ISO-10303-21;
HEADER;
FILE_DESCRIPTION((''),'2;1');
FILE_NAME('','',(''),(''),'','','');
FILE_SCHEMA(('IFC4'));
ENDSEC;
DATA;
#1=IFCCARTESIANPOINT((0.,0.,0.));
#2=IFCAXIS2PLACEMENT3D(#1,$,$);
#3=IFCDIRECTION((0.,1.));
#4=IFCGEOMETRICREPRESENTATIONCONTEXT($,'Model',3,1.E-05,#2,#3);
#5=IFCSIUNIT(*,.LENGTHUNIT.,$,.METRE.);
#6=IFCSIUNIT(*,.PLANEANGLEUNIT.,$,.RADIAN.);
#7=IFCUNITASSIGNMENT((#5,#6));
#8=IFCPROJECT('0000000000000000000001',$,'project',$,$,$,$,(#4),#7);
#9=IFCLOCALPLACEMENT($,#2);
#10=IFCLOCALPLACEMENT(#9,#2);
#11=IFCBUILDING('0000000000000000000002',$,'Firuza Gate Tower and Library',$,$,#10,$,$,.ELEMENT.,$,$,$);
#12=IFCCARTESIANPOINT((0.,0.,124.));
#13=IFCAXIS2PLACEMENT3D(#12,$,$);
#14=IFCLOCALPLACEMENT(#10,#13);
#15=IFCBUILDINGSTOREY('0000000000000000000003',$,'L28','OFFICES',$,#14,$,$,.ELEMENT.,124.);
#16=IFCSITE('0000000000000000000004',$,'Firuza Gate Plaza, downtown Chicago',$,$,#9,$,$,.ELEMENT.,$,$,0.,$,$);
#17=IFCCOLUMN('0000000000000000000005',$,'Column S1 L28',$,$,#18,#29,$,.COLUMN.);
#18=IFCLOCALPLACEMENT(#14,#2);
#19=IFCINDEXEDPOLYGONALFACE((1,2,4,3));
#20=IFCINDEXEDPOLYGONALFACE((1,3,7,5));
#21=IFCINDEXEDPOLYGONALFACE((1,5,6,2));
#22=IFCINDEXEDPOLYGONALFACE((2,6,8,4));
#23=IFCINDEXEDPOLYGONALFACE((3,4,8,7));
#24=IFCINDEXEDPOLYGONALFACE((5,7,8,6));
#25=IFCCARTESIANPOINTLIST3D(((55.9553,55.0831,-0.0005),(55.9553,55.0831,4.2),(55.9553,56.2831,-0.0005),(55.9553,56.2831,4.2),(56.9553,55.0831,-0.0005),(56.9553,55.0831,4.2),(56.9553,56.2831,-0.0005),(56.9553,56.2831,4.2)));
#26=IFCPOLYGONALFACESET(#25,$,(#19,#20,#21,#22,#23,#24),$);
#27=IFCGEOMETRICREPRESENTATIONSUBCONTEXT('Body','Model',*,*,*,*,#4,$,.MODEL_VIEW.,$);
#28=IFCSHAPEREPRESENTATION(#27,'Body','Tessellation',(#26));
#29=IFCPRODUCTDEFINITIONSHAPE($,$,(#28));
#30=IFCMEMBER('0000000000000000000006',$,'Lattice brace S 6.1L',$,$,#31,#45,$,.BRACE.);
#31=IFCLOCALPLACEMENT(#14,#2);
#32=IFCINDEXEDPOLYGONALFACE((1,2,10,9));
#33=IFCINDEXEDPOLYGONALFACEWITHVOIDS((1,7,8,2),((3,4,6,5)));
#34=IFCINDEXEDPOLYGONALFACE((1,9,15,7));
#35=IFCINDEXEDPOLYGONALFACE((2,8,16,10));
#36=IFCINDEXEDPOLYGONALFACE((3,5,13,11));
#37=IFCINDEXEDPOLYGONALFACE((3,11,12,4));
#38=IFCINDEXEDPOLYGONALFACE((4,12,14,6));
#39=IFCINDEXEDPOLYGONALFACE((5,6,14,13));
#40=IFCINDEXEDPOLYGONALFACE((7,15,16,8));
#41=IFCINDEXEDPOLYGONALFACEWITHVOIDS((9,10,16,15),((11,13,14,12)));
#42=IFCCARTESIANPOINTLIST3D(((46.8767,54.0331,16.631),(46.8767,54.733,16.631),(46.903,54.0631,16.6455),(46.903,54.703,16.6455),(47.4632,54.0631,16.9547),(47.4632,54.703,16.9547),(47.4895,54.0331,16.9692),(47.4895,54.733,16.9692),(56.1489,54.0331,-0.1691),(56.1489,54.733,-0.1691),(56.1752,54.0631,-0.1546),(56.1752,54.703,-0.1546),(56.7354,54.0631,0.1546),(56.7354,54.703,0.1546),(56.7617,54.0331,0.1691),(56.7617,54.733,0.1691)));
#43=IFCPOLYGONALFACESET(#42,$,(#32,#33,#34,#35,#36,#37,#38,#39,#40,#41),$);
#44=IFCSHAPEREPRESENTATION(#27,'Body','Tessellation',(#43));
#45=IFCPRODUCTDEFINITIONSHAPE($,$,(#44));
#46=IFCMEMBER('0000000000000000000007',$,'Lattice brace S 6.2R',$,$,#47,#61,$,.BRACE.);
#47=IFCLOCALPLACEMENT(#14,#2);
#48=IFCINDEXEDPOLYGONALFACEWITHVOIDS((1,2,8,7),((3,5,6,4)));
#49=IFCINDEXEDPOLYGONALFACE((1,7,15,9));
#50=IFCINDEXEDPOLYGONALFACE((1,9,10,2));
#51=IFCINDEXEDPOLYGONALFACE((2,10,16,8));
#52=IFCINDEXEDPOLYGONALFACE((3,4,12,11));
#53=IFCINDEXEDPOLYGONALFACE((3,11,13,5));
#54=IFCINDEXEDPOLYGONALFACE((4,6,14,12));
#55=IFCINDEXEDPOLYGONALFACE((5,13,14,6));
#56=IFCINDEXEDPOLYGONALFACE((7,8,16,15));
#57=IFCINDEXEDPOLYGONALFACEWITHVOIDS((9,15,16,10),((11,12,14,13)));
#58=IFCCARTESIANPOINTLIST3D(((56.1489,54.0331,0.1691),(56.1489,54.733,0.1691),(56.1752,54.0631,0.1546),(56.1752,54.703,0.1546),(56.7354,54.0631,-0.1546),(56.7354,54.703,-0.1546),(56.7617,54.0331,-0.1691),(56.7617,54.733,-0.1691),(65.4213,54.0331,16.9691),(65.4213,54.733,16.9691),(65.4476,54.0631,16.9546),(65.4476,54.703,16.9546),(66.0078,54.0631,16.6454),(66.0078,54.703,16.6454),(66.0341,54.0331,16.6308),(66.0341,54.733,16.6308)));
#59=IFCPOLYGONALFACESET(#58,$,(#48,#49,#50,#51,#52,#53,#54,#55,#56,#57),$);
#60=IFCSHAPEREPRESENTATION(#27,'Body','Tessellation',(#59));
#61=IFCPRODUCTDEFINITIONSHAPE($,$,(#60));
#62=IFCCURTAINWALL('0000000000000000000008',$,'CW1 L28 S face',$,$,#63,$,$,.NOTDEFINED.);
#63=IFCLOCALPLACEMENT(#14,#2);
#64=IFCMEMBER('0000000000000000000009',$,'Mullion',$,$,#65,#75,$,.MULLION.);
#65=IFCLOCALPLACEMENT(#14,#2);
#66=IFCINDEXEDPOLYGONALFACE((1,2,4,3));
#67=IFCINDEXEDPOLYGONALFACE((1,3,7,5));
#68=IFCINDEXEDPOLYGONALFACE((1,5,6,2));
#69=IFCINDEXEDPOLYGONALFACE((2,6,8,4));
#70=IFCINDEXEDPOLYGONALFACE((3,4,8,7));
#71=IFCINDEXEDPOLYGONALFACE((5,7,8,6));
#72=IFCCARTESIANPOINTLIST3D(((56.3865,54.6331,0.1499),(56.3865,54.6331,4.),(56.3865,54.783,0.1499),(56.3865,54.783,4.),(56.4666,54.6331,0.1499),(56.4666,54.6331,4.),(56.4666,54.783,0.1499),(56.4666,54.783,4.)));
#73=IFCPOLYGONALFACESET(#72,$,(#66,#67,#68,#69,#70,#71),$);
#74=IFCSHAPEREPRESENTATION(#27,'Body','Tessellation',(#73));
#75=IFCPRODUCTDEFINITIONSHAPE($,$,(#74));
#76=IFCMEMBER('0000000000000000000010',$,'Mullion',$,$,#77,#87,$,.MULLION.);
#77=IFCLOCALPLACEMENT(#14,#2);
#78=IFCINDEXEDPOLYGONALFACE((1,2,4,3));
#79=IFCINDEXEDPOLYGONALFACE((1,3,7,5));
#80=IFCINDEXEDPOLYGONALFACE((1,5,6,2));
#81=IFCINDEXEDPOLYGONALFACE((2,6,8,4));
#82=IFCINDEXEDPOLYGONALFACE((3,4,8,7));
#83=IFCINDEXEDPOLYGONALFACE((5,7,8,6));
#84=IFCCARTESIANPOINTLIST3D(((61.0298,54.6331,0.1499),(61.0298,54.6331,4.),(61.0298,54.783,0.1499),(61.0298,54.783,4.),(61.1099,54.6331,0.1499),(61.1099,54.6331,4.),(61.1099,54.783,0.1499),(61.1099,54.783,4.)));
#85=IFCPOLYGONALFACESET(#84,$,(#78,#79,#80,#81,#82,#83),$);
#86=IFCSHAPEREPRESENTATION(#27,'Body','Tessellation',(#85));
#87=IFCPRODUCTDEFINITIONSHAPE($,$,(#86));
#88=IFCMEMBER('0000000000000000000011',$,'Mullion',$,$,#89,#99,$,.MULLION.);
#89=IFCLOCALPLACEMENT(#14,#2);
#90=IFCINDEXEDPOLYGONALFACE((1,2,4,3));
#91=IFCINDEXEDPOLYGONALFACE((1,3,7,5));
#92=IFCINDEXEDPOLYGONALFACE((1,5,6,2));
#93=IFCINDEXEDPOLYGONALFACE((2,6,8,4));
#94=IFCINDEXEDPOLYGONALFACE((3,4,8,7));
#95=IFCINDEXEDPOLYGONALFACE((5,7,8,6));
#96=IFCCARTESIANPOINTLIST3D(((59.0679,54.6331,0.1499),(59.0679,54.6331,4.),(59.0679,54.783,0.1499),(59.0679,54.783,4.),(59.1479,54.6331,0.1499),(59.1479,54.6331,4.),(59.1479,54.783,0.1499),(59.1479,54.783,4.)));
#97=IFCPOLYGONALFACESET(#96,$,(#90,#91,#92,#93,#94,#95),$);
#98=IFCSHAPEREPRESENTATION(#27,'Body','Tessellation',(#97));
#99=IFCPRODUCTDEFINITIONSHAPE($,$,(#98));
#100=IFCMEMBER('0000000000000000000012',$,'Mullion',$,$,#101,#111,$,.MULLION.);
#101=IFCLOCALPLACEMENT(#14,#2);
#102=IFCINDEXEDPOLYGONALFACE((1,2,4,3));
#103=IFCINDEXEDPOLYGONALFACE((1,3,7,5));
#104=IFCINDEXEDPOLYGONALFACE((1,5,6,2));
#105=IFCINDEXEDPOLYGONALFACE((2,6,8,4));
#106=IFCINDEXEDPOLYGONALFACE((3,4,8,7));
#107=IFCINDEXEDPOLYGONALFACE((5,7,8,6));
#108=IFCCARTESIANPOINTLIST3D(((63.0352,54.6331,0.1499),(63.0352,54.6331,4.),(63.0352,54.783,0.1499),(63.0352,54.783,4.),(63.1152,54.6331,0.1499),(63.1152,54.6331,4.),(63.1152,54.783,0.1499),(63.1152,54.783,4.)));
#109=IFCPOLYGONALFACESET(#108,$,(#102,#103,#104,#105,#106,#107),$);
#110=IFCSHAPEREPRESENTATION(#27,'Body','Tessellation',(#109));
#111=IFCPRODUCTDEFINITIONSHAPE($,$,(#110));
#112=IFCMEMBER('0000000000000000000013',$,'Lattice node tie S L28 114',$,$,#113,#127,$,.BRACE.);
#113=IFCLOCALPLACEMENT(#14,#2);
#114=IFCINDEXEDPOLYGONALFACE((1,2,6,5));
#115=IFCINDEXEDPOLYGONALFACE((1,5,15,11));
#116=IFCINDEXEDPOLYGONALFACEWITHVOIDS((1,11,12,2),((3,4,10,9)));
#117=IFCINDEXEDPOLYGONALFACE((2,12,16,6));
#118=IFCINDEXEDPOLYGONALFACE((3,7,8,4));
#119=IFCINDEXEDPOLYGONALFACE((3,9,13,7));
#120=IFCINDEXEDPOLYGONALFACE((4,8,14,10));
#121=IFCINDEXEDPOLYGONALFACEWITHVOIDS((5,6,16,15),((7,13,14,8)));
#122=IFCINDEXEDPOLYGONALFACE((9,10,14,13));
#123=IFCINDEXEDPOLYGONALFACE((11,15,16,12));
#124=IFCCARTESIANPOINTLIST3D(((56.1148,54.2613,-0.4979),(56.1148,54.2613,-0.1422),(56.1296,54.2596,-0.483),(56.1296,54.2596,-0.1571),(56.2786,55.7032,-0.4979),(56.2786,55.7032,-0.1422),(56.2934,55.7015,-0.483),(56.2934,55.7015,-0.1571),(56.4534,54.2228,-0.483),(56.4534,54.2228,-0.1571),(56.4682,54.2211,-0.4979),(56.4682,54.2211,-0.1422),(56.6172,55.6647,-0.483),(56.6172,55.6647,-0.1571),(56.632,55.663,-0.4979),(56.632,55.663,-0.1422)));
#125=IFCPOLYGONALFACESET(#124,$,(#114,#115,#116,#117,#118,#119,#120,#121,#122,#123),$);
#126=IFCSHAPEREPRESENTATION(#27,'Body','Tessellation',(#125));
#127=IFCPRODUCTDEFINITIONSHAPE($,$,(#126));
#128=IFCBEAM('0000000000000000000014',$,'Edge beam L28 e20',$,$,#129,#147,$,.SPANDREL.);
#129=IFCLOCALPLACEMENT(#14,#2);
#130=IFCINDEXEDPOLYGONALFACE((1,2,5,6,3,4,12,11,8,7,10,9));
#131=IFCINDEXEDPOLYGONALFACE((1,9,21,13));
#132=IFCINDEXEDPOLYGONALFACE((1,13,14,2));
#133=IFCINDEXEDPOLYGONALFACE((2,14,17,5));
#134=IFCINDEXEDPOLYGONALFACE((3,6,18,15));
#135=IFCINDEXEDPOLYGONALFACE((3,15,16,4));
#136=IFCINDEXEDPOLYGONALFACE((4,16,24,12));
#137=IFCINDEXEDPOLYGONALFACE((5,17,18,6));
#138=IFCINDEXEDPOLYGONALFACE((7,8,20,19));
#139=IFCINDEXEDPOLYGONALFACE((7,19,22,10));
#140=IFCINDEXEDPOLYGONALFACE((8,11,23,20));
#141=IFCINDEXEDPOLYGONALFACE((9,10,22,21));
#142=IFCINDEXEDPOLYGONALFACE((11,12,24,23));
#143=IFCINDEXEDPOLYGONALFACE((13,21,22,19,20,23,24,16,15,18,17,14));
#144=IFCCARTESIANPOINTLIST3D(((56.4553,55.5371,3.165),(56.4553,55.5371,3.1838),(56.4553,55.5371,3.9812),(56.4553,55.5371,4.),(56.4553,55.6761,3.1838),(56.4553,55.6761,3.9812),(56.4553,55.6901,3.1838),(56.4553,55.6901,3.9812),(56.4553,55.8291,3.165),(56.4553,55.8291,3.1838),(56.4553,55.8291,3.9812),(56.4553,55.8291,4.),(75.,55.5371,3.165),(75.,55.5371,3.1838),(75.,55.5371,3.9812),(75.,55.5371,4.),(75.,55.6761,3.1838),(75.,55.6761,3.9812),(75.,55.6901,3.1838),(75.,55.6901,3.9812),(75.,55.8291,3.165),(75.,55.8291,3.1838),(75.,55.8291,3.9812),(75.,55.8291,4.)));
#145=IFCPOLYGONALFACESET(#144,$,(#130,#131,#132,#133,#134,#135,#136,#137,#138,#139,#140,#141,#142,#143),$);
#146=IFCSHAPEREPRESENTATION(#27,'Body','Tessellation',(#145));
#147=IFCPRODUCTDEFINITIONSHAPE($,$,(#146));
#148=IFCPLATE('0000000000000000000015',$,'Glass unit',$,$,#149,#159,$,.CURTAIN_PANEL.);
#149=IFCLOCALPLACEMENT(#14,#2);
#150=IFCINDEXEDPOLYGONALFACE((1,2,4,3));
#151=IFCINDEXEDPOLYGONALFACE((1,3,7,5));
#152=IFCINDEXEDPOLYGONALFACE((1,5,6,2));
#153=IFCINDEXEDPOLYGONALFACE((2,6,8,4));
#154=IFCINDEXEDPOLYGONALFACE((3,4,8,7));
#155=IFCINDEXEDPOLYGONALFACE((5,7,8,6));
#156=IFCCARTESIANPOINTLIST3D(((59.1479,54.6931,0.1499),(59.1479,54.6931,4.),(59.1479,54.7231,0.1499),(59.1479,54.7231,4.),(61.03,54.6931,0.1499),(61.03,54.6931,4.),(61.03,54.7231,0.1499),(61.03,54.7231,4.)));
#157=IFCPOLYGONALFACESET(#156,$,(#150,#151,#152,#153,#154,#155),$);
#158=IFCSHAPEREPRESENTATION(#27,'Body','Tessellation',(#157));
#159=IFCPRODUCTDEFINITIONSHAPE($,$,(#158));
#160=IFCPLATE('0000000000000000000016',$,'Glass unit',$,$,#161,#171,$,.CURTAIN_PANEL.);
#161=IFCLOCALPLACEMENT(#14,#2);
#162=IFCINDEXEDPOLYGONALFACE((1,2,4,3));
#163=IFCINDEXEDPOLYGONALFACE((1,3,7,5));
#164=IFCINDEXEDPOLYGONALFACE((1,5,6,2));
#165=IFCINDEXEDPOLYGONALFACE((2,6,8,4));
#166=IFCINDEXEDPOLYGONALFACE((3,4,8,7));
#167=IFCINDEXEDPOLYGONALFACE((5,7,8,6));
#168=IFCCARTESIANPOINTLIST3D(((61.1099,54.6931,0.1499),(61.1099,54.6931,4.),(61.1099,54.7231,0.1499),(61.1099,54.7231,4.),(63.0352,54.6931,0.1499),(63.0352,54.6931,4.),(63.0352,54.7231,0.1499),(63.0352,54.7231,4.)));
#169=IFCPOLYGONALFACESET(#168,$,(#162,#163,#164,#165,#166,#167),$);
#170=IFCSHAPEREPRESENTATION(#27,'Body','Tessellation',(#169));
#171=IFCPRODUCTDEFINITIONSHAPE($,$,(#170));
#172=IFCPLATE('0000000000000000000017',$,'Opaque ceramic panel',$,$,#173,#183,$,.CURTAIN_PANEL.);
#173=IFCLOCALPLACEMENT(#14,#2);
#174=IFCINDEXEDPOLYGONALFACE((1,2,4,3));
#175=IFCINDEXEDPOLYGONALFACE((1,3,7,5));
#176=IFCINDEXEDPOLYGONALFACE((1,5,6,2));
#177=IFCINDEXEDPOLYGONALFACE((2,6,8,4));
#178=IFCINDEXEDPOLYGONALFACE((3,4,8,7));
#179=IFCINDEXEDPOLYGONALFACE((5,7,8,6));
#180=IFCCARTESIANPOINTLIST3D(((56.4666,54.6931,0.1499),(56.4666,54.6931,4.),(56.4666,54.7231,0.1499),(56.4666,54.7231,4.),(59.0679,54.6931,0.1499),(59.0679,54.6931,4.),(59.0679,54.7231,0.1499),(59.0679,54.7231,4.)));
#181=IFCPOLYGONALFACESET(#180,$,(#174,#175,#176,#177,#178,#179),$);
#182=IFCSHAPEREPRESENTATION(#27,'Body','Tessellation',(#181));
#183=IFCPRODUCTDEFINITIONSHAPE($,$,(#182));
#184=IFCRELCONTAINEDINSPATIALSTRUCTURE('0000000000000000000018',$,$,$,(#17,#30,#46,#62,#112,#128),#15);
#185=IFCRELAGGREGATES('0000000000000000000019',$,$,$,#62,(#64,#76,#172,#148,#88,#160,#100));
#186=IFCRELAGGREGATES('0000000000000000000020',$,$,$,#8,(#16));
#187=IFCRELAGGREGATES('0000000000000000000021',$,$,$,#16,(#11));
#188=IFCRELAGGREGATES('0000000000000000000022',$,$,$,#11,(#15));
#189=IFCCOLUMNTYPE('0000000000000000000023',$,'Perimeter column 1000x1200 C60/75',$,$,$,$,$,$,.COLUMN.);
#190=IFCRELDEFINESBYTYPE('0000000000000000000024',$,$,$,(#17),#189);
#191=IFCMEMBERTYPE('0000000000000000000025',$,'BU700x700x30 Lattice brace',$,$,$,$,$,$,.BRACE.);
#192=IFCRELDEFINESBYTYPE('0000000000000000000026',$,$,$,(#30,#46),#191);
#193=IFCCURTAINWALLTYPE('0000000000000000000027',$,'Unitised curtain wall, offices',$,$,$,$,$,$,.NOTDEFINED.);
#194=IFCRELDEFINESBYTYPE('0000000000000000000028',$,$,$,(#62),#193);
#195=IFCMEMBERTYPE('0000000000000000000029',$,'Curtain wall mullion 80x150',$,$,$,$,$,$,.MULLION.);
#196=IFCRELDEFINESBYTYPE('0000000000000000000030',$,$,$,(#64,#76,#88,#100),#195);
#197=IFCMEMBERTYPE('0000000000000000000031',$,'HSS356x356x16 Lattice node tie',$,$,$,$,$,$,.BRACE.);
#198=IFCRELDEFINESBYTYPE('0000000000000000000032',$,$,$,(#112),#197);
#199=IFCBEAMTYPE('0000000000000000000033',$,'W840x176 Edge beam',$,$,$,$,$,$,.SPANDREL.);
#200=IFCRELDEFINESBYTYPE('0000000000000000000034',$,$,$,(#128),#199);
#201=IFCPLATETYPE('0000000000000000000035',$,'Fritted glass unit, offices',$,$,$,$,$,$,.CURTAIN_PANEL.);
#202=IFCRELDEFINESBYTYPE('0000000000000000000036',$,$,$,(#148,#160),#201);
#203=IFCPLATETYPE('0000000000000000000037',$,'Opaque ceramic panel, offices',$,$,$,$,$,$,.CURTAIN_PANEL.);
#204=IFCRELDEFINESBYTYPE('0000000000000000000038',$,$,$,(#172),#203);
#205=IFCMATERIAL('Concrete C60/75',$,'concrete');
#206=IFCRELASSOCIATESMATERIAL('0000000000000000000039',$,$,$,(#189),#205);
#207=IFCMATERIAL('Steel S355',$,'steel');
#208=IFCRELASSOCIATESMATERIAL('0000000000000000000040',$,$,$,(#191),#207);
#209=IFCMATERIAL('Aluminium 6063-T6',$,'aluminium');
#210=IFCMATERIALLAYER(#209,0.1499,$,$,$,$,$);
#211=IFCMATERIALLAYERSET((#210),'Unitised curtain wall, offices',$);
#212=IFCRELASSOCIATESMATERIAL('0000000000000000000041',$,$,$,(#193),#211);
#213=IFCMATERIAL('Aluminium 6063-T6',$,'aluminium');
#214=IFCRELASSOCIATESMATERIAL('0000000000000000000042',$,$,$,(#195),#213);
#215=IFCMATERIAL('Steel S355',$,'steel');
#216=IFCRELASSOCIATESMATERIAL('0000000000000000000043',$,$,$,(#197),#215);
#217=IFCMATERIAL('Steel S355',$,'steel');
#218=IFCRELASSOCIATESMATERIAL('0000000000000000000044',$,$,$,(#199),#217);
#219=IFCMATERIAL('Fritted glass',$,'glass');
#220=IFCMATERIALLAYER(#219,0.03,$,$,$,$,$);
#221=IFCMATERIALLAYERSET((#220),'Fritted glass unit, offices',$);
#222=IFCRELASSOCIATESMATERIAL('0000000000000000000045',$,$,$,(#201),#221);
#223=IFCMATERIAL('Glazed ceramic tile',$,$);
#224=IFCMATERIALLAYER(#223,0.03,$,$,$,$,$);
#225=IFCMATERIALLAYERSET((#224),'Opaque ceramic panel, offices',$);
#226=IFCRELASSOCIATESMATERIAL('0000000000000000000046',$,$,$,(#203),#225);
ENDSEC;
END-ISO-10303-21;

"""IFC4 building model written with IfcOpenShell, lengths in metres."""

from ifc_helpers import new_model, si_unit, direction, frame, origin, origin_2d, place, context, subcontext, project, spatial, polyline, rectangle, hollow_rectangle, i_section, outline, extrude, material, layer, layer_set, material_profile, profile_set, type_object, element, aggregate, save


model = new_model("IFC4")

# Units and contexts
model_context = context("Model", 3, precision=1e-05, world=origin(), true_north=direction((0.0, 1.0)))
body_context = subcontext(model_context, "Body", "Model", "MODEL_VIEW")
ifc_project = project(units=[si_unit("LENGTHUNIT", "METRE"), si_unit("PLANEANGLEUNIT", "RADIAN")], contexts=[model_context])

# Site, building, storey
site_placement = place(None, origin())
site = spatial("IfcSite", under=ifc_project, at=site_placement, Name="Firuza Gate Plaza, downtown Chicago", CompositionType="ELEMENT", RefElevation=0.0)
building_placement = place(site_placement, origin())
building = spatial("IfcBuilding", under=site, at=building_placement, Name="Firuza Gate Tower and Library", CompositionType="ELEMENT")
storey_placement = place(building_placement, frame((0.0, 0.0, 124.0)))
storey = spatial("IfcBuildingStorey", under=building, at=storey_placement, Name="L28", Description="OFFICES", CompositionType="ELEMENT", Elevation=124.0)

# Column
ifc_material_1 = material(Name="Concrete C60/75", Category="concrete")
ifc_material_profile_1 = material_profile(ifc_material_1, rectangle(XDim=1.0, YDim=1.2, at=origin_2d()))
ifc_profile_set_1 = profile_set([ifc_material_profile_1], Name="Concrete C60/75")
column_type = type_object("IfcColumnType", Name="Perimeter column 1000x1200 C60/75", PredefinedType="COLUMN", material=ifc_profile_set_1)
column_placement = place(storey_placement, frame((56.4553, 55.6831, -0.0005), z_axis=(0.0, 0.0, 1.0), x_axis=(1.0, 0.0, 0.0)))
element("IfcColumn", 1, at=column_placement, inside=storey, type_object=column_type, Name="Column S1 L28", PredefinedType="COLUMN", context=body_context, shape_type="SweptSolid", body=[
    extrude(rectangle(XDim=1.0, YDim=1.2, at=origin_2d()), origin(), (0.0, 0.0, 1.0), 4.2004),
])

# Members
ifc_material_2 = material(Name="Steel S355", Category="steel")
ifc_material_profile_2 = material_profile(ifc_material_2, hollow_rectangle(XDim=0.7, YDim=0.7, WallThickness=0.03, at=origin_2d()))
ifc_profile_set_2 = profile_set([ifc_material_profile_2], Name="Steel S355")
member_type_1 = type_object("IfcMemberType", Name="BU700x700x30 Lattice brace", PredefinedType="BRACE", material=ifc_profile_set_2)
for number, where, z_axis, x_axis, name in (
    (2, (56.4553, 54.3831, 0.0), (-0.483206, 0.0, 0.875507), (0.0, -1.0, 0.0), "Lattice brace S 6.1L"),
    (3, (56.4553, 54.3831, 0.0), (0.483216, 0.0, 0.875501), (0.0, 1.0, 0.0), "Lattice brace S 6.2R"),
):
    element("IfcMember", number, at=place(storey_placement, frame(where, z_axis=z_axis, x_axis=x_axis)), inside=storey, type_object=member_type_1, Name=name, PredefinedType="BRACE", context=body_context, shape_type="SweptSolid", body=[
        extrude(hollow_rectangle(XDim=0.7, YDim=0.7, WallThickness=0.03, at=origin_2d()), origin(), (0.0, 0.0, 1.0), 19.189),
    ])

# Curtain wall, members
ifc_material_3 = material(Name="Aluminium 6063-T6", Category="aluminium")
ifc_layer_1 = layer(ifc_material_3, 0.1499)
ifc_layer_set_1 = layer_set([ifc_layer_1], Name="Unitised curtain wall, offices")
curtain_wall_type = type_object("IfcCurtainWallType", Name="Unitised curtain wall, offices", PredefinedType="NOTDEFINED", material=ifc_layer_set_1)
curtain_wall_placement = place(storey_placement, origin())
curtain_wall = element("IfcCurtainWall", 4, at=curtain_wall_placement, inside=storey, type_object=curtain_wall_type, Name="CW1 L28 S face", PredefinedType="NOTDEFINED")
ifc_material_4 = material(Name="Aluminium 6063-T6", Category="aluminium")
ifc_material_profile_3 = material_profile(ifc_material_4, rectangle(XDim=0.1499, YDim=0.0801, at=origin_2d()))
ifc_profile_set_3 = profile_set([ifc_material_profile_3], Name="Aluminium 6063-T6")
member_type_2 = type_object("IfcMemberType", Name="Curtain wall mullion 80x150", PredefinedType="MULLION", material=ifc_profile_set_3)
member_1_placement = place(storey_placement, frame((56.4265, 54.708, 0.1499), z_axis=(0.0, 0.0, 1.0), x_axis=(0.0, 1.0, 0.0)))
member_1 = element("IfcMember", 5, at=member_1_placement, type_object=member_type_2, Name="Mullion", PredefinedType="MULLION", context=body_context, shape_type="SweptSolid", body=[
    extrude(rectangle(XDim=0.1499, YDim=0.0801, at=origin_2d()), origin(), (0.0, 0.0, 1.0), 3.8501),
])
member_2_placement = place(storey_placement, frame((61.0698, 54.708, 0.1499), z_axis=(0.0, 0.0, 1.0), x_axis=(0.0, 1.0, 0.0)))
member_2 = element("IfcMember", 6, at=member_2_placement, type_object=member_type_2, Name="Mullion", PredefinedType="MULLION", context=body_context, shape_type="SweptSolid", body=[
    extrude(rectangle(XDim=0.1499, YDim=0.0801, at=origin_2d()), origin(), (0.0, 0.0, 1.0), 3.8501),
])
member_3_placement = place(storey_placement, frame((59.1079, 54.708, 0.1499), z_axis=(0.0, 0.0, 1.0), x_axis=(0.0, 1.0, 0.0)))
member_3 = element("IfcMember", 7, at=member_3_placement, type_object=member_type_2, Name="Mullion", PredefinedType="MULLION", context=body_context, shape_type="SweptSolid", body=[
    extrude(rectangle(XDim=0.1499, YDim=0.0801, at=origin_2d()), origin(), (0.0, 0.0, 1.0), 3.8501),
])
member_4_placement = place(storey_placement, frame((63.0752, 54.708, 0.1499), z_axis=(0.0, 0.0, 1.0), x_axis=(0.0, 1.0, 0.0)))
member_4 = element("IfcMember", 8, at=member_4_placement, type_object=member_type_2, Name="Mullion", PredefinedType="MULLION", context=body_context, shape_type="SweptSolid", body=[
    extrude(rectangle(XDim=0.1499, YDim=0.0801, at=origin_2d()), origin(), (0.0, 0.0, 1.0), 3.8501),
])

# Member
ifc_material_5 = material(Name="Steel S355", Category="steel")
ifc_material_profile_4 = material_profile(ifc_material_5, hollow_rectangle(XDim=0.3557, YDim=0.3557, WallThickness=0.0149, at=origin_2d()))
ifc_profile_set_4 = profile_set([ifc_material_profile_4], Name="Steel S355")
member_type_3 = type_object("IfcMemberType", Name="HSS356x356x16 Lattice node tie", PredefinedType="BRACE", material=ifc_profile_set_4)
member_5_placement = place(storey_placement, frame((56.4553, 55.6831, -0.3201), z_axis=(-0.112887, -0.993608, 0.0), x_axis=(0.993608, -0.112887, 0.0)))
element("IfcMember", 9, at=member_5_placement, inside=storey, type_object=member_type_3, Name="Lattice node tie S L28 114", PredefinedType="BRACE", context=body_context, shape_type="SweptSolid", body=[
    extrude(hollow_rectangle(XDim=0.3557, YDim=0.3557, WallThickness=0.0149, at=origin_2d()), origin(), (0.0, 0.0, 1.0), 1.4512),
])

# Beam
ifc_material_6 = material(Name="Steel S355", Category="steel")
ifc_material_profile_5 = material_profile(ifc_material_6, i_section(OverallWidth=0.292, OverallDepth=0.835, WebThickness=0.0139, FlangeThickness=0.0188, at=origin_2d()))
ifc_profile_set_5 = profile_set([ifc_material_profile_5], Name="Steel S355")
beam_type = type_object("IfcBeamType", Name="W840x176 Edge beam", PredefinedType="SPANDREL", material=ifc_profile_set_5)
beam_placement = place(storey_placement, frame((56.4553, 55.6831, 3.5825), z_axis=(1.0, 0.0, 0.0), x_axis=(0.0, 1.0, 0.0)))
element("IfcBeam", 10, at=beam_placement, inside=storey, type_object=beam_type, Name="Edge beam L28 e20", PredefinedType="SPANDREL", context=body_context, shape_type="SweptSolid", body=[
    extrude(i_section(OverallWidth=0.292, OverallDepth=0.835, WebThickness=0.0139, FlangeThickness=0.0188, at=origin_2d()), origin(), (0.0, 0.0, 1.0), 18.5447),
])

# Plates
ifc_material_7 = material(Name="Fritted glass", Category="glass")
ifc_layer_2 = layer(ifc_material_7, 0.03)
ifc_layer_set_2 = layer_set([ifc_layer_2], Name="Fritted glass unit, offices")
plate_type_1 = type_object("IfcPlateType", Name="Fritted glass unit, offices", PredefinedType="CURTAIN_PANEL", material=ifc_layer_set_2)
plate_1_placement = place(storey_placement, frame((59.1479, 54.6931, 0.1499), z_axis=(0.0, -1.0, 0.0), x_axis=(1.0, 0.0, 0.0)))
plate_1 = element("IfcPlate", 11, at=plate_1_placement, type_object=plate_type_1, Name="Glass unit", PredefinedType="CURTAIN_PANEL", context=body_context, shape_type="SweptSolid", body=[
    extrude(outline(polyline([(0.0, 0.0), (1.8821, 0.0), (1.8821, 3.8501), (0.0, 3.8501), (0.0, 0.0)])), origin(), (0.0, 0.0, -1.0), 0.03),
])
plate_2_placement = place(storey_placement, frame((61.1099, 54.6931, 0.1499), z_axis=(0.0, -1.0, 0.0), x_axis=(1.0, 0.0, 0.0)))
plate_2 = element("IfcPlate", 12, at=plate_2_placement, type_object=plate_type_1, Name="Glass unit", PredefinedType="CURTAIN_PANEL", context=body_context, shape_type="SweptSolid", body=[
    extrude(outline(polyline([(0.0, 0.0), (1.9253, 0.0), (1.9253, 3.8501), (0.0, 3.8501), (0.0, 0.0)])), origin(), (0.0, 0.0, -1.0), 0.03),
])
ifc_material_8 = material(Name="Glazed ceramic tile")
ifc_layer_3 = layer(ifc_material_8, 0.03)
ifc_layer_set_3 = layer_set([ifc_layer_3], Name="Opaque ceramic panel, offices")
plate_type_2 = type_object("IfcPlateType", Name="Opaque ceramic panel, offices", PredefinedType="CURTAIN_PANEL", material=ifc_layer_set_3)
plate_3_placement = place(storey_placement, frame((56.4666, 54.6931, 0.1499), z_axis=(0.0, -1.0, 0.0), x_axis=(1.0, 0.0, 0.0)))
plate_3 = element("IfcPlate", 13, at=plate_3_placement, type_object=plate_type_2, Name="Opaque ceramic panel", PredefinedType="CURTAIN_PANEL", context=body_context, shape_type="SweptSolid", body=[
    extrude(outline(polyline([(0.0, 0.0), (2.6013, 0.0), (2.6013, 3.8501), (0.0, 3.8501), (0.0, 0.0)])), origin(), (0.0, 0.0, -1.0), 0.03),
])
aggregate(curtain_wall, [member_1, member_2, plate_3, plate_1, member_3, plate_2, member_4])

save(model, "model.ifc")
